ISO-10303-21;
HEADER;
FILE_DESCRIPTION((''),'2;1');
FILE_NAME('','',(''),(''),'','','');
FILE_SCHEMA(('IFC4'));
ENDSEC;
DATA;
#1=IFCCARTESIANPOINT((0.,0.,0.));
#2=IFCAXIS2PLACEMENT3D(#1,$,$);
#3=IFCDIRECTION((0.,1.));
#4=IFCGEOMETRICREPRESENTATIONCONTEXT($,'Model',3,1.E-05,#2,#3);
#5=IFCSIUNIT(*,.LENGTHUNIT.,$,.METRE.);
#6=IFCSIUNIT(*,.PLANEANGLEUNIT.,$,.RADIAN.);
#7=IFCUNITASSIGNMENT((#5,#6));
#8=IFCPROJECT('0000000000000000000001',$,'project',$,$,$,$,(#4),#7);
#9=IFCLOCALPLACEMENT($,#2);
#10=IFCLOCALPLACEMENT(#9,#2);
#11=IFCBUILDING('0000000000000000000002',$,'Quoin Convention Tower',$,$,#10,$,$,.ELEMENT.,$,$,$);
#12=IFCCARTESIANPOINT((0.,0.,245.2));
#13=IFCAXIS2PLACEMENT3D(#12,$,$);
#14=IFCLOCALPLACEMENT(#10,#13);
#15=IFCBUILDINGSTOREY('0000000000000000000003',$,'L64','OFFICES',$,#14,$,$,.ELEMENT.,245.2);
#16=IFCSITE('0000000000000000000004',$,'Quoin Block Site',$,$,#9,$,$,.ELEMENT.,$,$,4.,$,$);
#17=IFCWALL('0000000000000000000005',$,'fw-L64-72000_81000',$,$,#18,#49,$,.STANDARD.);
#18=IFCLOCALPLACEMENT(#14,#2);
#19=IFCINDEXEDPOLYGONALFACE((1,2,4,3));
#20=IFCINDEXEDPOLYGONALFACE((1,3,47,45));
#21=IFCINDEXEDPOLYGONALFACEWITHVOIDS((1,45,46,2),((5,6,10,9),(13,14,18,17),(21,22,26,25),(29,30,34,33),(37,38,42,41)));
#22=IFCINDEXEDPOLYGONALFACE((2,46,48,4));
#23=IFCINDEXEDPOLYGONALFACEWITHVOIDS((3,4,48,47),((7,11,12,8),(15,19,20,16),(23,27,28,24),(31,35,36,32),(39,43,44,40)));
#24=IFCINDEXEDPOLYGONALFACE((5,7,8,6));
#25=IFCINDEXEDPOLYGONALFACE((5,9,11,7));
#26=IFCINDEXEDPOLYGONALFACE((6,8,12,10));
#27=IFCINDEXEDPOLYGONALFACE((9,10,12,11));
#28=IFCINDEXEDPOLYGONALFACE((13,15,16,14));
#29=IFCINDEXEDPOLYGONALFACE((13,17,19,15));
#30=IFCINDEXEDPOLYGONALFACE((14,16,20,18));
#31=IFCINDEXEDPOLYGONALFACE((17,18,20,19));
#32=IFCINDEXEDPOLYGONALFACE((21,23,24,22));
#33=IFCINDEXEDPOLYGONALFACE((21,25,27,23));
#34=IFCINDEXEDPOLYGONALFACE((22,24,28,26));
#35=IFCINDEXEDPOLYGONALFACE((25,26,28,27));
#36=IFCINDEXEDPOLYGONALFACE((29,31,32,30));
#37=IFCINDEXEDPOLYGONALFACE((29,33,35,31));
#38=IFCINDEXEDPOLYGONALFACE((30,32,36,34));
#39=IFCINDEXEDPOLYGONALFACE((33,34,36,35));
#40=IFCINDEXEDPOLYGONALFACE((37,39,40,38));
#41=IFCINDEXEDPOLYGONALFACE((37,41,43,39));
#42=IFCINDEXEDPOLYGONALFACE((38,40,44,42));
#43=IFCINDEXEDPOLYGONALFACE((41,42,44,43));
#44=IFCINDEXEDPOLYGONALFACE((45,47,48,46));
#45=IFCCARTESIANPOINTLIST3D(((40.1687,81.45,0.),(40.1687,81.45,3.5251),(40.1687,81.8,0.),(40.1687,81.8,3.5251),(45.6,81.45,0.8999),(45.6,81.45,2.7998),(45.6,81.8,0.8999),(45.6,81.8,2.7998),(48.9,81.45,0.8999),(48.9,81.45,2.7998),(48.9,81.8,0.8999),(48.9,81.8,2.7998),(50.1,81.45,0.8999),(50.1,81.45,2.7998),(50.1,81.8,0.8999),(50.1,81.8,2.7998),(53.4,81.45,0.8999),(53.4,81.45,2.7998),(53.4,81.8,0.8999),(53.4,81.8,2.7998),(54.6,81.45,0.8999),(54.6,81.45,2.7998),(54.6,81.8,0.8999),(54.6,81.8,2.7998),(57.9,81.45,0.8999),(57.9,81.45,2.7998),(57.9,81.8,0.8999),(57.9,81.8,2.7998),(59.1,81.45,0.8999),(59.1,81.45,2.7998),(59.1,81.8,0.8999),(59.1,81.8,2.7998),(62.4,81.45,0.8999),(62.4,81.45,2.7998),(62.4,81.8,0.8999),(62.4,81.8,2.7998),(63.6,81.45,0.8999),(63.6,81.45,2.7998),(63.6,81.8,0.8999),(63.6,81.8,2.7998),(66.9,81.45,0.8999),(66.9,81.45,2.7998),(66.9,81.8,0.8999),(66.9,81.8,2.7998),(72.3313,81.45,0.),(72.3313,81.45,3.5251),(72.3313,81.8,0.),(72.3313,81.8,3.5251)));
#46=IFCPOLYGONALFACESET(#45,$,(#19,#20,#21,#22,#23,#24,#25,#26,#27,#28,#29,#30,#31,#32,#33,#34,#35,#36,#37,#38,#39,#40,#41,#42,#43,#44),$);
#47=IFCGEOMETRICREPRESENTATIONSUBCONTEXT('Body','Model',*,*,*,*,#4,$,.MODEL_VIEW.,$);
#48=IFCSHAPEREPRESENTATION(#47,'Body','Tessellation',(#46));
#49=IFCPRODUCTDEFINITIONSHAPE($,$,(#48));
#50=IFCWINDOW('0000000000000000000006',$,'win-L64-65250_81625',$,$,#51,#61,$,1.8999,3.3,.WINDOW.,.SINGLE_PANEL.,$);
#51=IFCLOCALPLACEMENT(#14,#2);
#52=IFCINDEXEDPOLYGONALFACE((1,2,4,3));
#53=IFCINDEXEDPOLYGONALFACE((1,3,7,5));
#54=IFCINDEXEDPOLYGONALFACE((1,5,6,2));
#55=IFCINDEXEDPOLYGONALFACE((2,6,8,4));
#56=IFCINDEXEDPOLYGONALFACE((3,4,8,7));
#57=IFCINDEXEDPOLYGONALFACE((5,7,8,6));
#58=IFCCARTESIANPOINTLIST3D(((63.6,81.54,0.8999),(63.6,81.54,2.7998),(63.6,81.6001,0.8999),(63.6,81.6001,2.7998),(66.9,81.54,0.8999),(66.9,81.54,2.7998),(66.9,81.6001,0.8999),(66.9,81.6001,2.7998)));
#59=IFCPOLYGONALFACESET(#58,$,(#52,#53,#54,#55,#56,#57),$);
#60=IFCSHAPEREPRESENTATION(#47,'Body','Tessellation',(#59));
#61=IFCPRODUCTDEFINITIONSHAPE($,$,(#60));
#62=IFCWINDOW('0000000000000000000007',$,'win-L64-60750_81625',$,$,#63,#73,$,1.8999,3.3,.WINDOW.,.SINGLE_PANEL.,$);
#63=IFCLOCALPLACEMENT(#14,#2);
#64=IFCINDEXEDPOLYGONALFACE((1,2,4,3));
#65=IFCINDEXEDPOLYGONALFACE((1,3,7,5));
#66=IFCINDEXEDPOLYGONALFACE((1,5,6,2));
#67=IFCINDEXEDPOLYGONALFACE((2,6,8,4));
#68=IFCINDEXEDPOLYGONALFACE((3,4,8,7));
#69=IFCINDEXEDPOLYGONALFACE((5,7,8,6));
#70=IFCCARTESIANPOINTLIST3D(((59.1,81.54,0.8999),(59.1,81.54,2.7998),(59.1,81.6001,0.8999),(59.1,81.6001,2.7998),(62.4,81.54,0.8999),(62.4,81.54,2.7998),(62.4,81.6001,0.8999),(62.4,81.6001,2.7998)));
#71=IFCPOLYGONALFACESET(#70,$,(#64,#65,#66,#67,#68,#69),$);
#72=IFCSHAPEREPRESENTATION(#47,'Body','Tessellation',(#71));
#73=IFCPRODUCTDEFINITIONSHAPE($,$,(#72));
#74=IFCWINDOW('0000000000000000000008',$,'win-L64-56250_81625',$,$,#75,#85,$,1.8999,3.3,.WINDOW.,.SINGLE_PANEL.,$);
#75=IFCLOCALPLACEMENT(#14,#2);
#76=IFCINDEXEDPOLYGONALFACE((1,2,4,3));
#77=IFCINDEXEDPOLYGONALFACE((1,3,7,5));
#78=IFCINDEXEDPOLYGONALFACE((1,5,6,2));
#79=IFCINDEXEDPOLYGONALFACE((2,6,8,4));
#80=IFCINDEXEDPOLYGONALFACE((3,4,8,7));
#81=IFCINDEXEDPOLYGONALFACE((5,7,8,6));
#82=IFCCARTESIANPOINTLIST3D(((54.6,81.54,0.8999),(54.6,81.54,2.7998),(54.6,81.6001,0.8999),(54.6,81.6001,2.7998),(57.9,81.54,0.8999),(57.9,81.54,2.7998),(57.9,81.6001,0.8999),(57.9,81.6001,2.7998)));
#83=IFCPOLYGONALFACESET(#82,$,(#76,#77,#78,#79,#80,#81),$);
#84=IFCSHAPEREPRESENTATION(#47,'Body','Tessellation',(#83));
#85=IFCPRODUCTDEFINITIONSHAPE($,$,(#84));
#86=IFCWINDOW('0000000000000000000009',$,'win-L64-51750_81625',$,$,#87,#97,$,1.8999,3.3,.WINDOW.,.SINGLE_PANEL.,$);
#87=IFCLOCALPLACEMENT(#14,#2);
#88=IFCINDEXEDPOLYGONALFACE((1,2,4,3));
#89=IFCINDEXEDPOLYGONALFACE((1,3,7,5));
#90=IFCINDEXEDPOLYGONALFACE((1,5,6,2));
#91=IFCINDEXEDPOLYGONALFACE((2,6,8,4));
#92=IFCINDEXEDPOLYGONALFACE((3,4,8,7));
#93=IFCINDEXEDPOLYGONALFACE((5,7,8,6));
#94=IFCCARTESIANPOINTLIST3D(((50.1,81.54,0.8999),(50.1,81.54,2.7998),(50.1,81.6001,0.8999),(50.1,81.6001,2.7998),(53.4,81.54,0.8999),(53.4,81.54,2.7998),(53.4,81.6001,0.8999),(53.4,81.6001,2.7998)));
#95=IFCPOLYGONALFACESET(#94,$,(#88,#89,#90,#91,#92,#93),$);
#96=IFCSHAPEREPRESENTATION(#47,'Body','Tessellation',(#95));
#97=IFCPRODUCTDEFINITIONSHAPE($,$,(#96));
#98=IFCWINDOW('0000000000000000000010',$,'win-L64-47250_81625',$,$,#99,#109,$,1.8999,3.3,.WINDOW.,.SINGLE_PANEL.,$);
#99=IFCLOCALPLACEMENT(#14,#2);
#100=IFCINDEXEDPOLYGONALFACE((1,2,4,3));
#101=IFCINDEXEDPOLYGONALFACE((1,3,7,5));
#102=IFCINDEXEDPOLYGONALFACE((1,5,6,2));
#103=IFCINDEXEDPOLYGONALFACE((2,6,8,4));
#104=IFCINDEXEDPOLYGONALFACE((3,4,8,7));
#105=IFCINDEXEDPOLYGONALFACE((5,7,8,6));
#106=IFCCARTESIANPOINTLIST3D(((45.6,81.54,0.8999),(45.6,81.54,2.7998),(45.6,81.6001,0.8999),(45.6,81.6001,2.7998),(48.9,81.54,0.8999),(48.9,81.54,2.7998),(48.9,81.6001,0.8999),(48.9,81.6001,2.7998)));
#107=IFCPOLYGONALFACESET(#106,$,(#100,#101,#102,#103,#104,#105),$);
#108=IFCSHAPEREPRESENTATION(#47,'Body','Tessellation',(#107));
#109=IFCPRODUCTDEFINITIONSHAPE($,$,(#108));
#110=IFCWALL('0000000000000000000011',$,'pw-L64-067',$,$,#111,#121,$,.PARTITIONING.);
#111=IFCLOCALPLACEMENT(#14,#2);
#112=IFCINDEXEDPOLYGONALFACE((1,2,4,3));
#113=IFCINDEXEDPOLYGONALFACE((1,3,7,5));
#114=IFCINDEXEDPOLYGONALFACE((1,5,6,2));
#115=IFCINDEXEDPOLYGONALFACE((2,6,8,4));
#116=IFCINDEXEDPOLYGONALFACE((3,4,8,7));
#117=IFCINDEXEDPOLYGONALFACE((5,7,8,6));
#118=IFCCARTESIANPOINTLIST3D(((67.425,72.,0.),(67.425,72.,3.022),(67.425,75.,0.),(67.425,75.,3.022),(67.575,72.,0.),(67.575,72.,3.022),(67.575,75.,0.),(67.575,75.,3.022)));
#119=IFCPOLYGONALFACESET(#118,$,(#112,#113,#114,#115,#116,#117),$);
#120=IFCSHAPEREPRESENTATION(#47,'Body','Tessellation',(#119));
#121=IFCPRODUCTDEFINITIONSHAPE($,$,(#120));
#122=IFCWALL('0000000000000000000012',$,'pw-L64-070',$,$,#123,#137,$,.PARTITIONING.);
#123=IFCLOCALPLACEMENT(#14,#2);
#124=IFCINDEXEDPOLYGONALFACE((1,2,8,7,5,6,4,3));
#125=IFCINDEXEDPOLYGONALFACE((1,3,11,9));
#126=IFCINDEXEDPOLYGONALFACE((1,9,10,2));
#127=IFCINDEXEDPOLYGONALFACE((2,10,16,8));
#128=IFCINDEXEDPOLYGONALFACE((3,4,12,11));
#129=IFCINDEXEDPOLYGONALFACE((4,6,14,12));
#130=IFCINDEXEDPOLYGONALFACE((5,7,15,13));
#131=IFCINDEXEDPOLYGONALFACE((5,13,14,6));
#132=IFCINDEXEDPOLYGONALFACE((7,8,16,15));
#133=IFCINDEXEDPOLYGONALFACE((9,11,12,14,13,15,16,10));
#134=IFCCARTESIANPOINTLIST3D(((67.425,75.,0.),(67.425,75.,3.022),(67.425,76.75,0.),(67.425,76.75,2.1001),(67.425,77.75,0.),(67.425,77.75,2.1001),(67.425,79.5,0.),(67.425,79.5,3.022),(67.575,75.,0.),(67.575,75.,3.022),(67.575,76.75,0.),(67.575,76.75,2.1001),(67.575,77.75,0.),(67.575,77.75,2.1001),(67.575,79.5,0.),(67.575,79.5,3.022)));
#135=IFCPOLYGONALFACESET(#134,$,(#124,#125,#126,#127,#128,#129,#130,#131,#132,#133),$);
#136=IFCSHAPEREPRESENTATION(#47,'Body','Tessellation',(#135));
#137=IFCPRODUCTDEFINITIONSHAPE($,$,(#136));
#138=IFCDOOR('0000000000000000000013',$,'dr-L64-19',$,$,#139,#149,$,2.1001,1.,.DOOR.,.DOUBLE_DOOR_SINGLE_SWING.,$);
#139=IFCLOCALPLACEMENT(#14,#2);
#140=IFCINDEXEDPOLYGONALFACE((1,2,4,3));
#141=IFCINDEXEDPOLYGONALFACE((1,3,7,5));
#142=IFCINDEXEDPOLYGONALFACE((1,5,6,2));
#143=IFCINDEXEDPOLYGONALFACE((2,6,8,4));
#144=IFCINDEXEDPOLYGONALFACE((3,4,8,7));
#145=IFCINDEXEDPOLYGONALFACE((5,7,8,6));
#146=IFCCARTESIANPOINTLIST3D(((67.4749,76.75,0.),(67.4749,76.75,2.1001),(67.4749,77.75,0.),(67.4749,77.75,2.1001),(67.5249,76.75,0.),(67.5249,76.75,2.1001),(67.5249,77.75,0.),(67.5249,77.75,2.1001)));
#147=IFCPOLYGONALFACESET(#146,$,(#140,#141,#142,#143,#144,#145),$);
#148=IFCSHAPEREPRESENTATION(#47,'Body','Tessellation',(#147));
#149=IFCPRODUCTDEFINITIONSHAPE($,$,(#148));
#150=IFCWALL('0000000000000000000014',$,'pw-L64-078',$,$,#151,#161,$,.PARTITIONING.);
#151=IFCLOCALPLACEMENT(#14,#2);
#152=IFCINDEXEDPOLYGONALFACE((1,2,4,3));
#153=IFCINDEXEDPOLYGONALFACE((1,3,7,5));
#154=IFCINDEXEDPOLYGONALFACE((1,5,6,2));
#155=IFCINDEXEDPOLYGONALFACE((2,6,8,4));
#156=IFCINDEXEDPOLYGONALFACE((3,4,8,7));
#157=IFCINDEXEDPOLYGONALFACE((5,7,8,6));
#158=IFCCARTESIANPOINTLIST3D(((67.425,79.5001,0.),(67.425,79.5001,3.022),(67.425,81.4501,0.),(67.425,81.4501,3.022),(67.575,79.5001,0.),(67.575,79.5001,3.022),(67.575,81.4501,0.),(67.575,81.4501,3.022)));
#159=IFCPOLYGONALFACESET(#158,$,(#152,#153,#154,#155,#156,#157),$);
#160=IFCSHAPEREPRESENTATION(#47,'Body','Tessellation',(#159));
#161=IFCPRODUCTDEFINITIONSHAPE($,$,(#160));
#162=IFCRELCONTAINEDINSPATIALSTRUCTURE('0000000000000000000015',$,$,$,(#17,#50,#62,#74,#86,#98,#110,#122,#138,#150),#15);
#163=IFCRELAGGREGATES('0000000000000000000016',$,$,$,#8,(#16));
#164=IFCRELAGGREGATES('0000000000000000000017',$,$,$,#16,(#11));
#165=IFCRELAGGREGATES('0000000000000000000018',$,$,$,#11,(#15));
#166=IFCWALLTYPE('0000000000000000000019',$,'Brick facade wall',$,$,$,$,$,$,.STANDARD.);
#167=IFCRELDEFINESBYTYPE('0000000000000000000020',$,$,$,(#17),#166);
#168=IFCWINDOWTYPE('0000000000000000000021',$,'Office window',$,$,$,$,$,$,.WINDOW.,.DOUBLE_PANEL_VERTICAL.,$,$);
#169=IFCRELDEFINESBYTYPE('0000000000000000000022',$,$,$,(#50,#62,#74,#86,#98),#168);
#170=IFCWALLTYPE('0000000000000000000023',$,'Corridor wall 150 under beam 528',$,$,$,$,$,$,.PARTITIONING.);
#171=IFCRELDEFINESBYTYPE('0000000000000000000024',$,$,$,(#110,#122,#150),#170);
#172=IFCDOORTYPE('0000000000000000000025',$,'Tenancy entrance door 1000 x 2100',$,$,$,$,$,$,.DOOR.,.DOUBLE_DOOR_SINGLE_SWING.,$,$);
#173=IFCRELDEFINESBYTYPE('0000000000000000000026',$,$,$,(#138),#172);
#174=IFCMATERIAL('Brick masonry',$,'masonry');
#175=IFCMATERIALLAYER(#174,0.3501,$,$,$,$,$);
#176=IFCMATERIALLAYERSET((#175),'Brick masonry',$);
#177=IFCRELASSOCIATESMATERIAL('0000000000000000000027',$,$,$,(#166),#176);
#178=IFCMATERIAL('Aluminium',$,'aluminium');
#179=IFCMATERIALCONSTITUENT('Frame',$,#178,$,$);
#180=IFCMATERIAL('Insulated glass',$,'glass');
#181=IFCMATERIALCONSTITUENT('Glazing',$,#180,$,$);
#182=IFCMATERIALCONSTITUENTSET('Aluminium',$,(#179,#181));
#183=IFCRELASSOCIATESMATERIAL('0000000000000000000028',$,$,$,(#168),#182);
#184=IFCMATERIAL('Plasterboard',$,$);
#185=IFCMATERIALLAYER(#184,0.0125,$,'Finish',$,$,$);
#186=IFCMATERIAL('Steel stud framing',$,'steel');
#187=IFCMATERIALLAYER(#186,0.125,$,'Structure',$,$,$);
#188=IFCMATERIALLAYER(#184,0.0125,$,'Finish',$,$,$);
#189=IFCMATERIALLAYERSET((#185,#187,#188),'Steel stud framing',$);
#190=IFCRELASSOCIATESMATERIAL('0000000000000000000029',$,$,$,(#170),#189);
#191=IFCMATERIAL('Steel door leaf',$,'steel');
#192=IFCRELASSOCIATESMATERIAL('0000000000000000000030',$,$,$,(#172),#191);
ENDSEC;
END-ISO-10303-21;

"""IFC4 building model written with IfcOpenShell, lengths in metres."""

from ifc_helpers import new_model, si_unit, direction, frame, frame_2d, origin, place, context, subcontext, project, spatial, rectangle, extrude, material, layer, layer_set, constituent, constituent_set, type_object, element, fill, save


model = new_model("IFC4")

# Units and contexts
model_context = context("Model", 3, precision=1e-05, world=origin(), true_north=direction((0.0, 1.0)))
body_context = subcontext(model_context, "Body", "Model", "MODEL_VIEW")
ifc_project = project(units=[si_unit("LENGTHUNIT", "METRE"), si_unit("PLANEANGLEUNIT", "RADIAN")], contexts=[model_context])

# Site, building, storey
site_placement = place(None, origin())
site = spatial("IfcSite", under=ifc_project, at=site_placement, Name="Quoin Block Site", CompositionType="ELEMENT", RefElevation=4.0)
building_placement = place(site_placement, origin())
building = spatial("IfcBuilding", under=site, at=building_placement, Name="Quoin Convention Tower", CompositionType="ELEMENT")
storey_placement = place(building_placement, frame((0.0, 0.0, 245.2)))
storey = spatial("IfcBuildingStorey", under=building, at=storey_placement, Name="L64", Description="OFFICES", CompositionType="ELEMENT", Elevation=245.2)

# Shared definitions
ifc_material_1 = material(Name="Plasterboard")
ifc_material_2 = material(Name="Steel stud framing", Category="steel")

# Shared definitions
ifc_material_3 = material(Name="Brick masonry", Category="masonry")
ifc_layer_1 = layer(ifc_material_3, 0.3501)
ifc_layer_set_1 = layer_set([ifc_layer_1], Name="Brick masonry")
wall_type_1 = type_object("IfcWallType", Name="Brick facade wall", PredefinedType="STANDARD", material=ifc_layer_set_1)
ifc_material_4 = material(Name="Aluminium", Category="aluminium")
ifc_constituent_1 = constituent(ifc_material_4, Name="Frame")
ifc_material_5 = material(Name="Insulated glass", Category="glass")
ifc_constituent_2 = constituent(ifc_material_5, Name="Glazing")
ifc_constituent_set = constituent_set(constituents=[ifc_constituent_1, ifc_constituent_2], Name="Aluminium")
window_type = type_object("IfcWindowType", Name="Office window", PartitioningType="DOUBLE_PANEL_VERTICAL", PredefinedType="WINDOW", material=ifc_constituent_set)

# Wall, openings, windows
wall_1_placement = place(storey_placement, frame((72.3313, 81.625, 0.0), z_axis=(0.0, 0.0, 1.0), x_axis=(-1.0, 0.0, 0.0)))
wall_1 = element("IfcWall", 1, at=wall_1_placement, inside=storey, type_object=wall_type_1, Name="fw-L64-72000_81000", PredefinedType="STANDARD", context=body_context, shape_type="SweptSolid", body=[
    extrude(rectangle(XDim=32.1626, YDim=0.3501, at=frame_2d((16.0813, 0.0))), origin(), (0.0, 0.0, 1.0), 3.5251),
])
opening_1_placement = place(wall_1_placement, frame((5.4314, 0.0, 0.8999)))
opening_1 = element("IfcOpeningElement", 2, at=opening_1_placement, cuts=wall_1, PredefinedType="OPENING", context=body_context, shape_type="SweptSolid", body=[
    extrude(rectangle(XDim=3.3, YDim=1.8999, at=frame_2d((1.6499, 0.95))), frame((0.0, 0.1851, 0.0), z_axis=(0.0, -1.0, 0.0), x_axis=(1.0, 0.0, 0.0)), (0.0, 0.0, 1.0), 0.3701),
])
opening_2_placement = place(wall_1_placement, frame((9.9314, 0.0, 0.8999)))
opening_2 = element("IfcOpeningElement", 3, at=opening_2_placement, cuts=wall_1, PredefinedType="OPENING", context=body_context, shape_type="SweptSolid", body=[
    extrude(rectangle(XDim=3.3, YDim=1.8999, at=frame_2d((1.6499, 0.95))), frame((0.0, 0.1851, 0.0), z_axis=(0.0, -1.0, 0.0), x_axis=(1.0, 0.0, 0.0)), (0.0, 0.0, 1.0), 0.3701),
])
opening_3_placement = place(wall_1_placement, frame((14.4314, 0.0, 0.8999)))
opening_3 = element("IfcOpeningElement", 4, at=opening_3_placement, cuts=wall_1, PredefinedType="OPENING", context=body_context, shape_type="SweptSolid", body=[
    extrude(rectangle(XDim=3.3, YDim=1.8999, at=frame_2d((1.6499, 0.95))), frame((0.0, 0.1851, 0.0), z_axis=(0.0, -1.0, 0.0), x_axis=(1.0, 0.0, 0.0)), (0.0, 0.0, 1.0), 0.3701),
])
opening_4_placement = place(wall_1_placement, frame((18.9314, 0.0, 0.8999)))
opening_4 = element("IfcOpeningElement", 5, at=opening_4_placement, cuts=wall_1, PredefinedType="OPENING", context=body_context, shape_type="SweptSolid", body=[
    extrude(rectangle(XDim=3.3, YDim=1.8999, at=frame_2d((1.6499, 0.95))), frame((0.0, 0.1851, 0.0), z_axis=(0.0, -1.0, 0.0), x_axis=(1.0, 0.0, 0.0)), (0.0, 0.0, 1.0), 0.3701),
])
opening_5_placement = place(wall_1_placement, frame((23.4314, 0.0, 0.8999)))
opening_5 = element("IfcOpeningElement", 6, at=opening_5_placement, cuts=wall_1, PredefinedType="OPENING", context=body_context, shape_type="SweptSolid", body=[
    extrude(rectangle(XDim=3.3, YDim=1.8999, at=frame_2d((1.6499, 0.95))), frame((0.0, 0.1851, 0.0), z_axis=(0.0, -1.0, 0.0), x_axis=(1.0, 0.0, 0.0)), (0.0, 0.0, 1.0), 0.3701),
])
window_1_placement = place(opening_1_placement, origin())
window_1 = element("IfcWindow", 7, at=window_1_placement, inside=storey, type_object=window_type, Name="win-L64-65250_81625", OverallHeight=1.8999, OverallWidth=3.3, PartitioningType="SINGLE_PANEL", PredefinedType="WINDOW", context=body_context, shape_type="SweptSolid", body=[
    extrude(rectangle(XDim=3.3, YDim=1.8999, at=frame_2d((1.6499, 0.95))), frame((0.0, 0.085, 0.0), z_axis=(0.0, -1.0, 0.0), x_axis=(1.0, 0.0, 0.0)), (0.0, 0.0, 1.0), 0.0601),
])
fill(opening_1, window_1)
window_2_placement = place(opening_2_placement, origin())
window_2 = element("IfcWindow", 8, at=window_2_placement, inside=storey, type_object=window_type, Name="win-L64-60750_81625", OverallHeight=1.8999, OverallWidth=3.3, PartitioningType="SINGLE_PANEL", PredefinedType="WINDOW", context=body_context, shape_type="SweptSolid", body=[
    extrude(rectangle(XDim=3.3, YDim=1.8999, at=frame_2d((1.6499, 0.95))), frame((0.0, 0.085, 0.0), z_axis=(0.0, -1.0, 0.0), x_axis=(1.0, 0.0, 0.0)), (0.0, 0.0, 1.0), 0.0601),
])
fill(opening_2, window_2)
window_3_placement = place(opening_3_placement, origin())
window_3 = element("IfcWindow", 9, at=window_3_placement, inside=storey, type_object=window_type, Name="win-L64-56250_81625", OverallHeight=1.8999, OverallWidth=3.3, PartitioningType="SINGLE_PANEL", PredefinedType="WINDOW", context=body_context, shape_type="SweptSolid", body=[
    extrude(rectangle(XDim=3.3, YDim=1.8999, at=frame_2d((1.6499, 0.95))), frame((0.0, 0.085, 0.0), z_axis=(0.0, -1.0, 0.0), x_axis=(1.0, 0.0, 0.0)), (0.0, 0.0, 1.0), 0.0601),
])
fill(opening_3, window_3)
window_4_placement = place(opening_4_placement, origin())
window_4 = element("IfcWindow", 10, at=window_4_placement, inside=storey, type_object=window_type, Name="win-L64-51750_81625", OverallHeight=1.8999, OverallWidth=3.3, PartitioningType="SINGLE_PANEL", PredefinedType="WINDOW", context=body_context, shape_type="SweptSolid", body=[
    extrude(rectangle(XDim=3.3, YDim=1.8999, at=frame_2d((1.6499, 0.95))), frame((0.0, 0.085, 0.0), z_axis=(0.0, -1.0, 0.0), x_axis=(1.0, 0.0, 0.0)), (0.0, 0.0, 1.0), 0.0601),
])
fill(opening_4, window_4)
window_5_placement = place(opening_5_placement, origin())
window_5 = element("IfcWindow", 11, at=window_5_placement, inside=storey, type_object=window_type, Name="win-L64-47250_81625", OverallHeight=1.8999, OverallWidth=3.3, PartitioningType="SINGLE_PANEL", PredefinedType="WINDOW", context=body_context, shape_type="SweptSolid", body=[
    extrude(rectangle(XDim=3.3, YDim=1.8999, at=frame_2d((1.6499, 0.95))), frame((0.0, 0.085, 0.0), z_axis=(0.0, -1.0, 0.0), x_axis=(1.0, 0.0, 0.0)), (0.0, 0.0, 1.0), 0.0601),
])
fill(opening_5, window_5)

# Wall
ifc_layer_2 = layer(ifc_material_1, 0.0125, Name="Finish")
ifc_layer_3 = layer(ifc_material_2, 0.125, Name="Structure")
ifc_layer_4 = layer(ifc_material_1, 0.0125, Name="Finish")
ifc_layer_set_2 = layer_set([ifc_layer_2, ifc_layer_3, ifc_layer_4], Name="Steel stud framing")
wall_type_2 = type_object("IfcWallType", Name="Corridor wall 150 under beam 528", PredefinedType="PARTITIONING", material=ifc_layer_set_2)
wall_2_placement = place(storey_placement, frame((67.5, 72.0, 0.0), z_axis=(0.0, 0.0, 1.0), x_axis=(0.0, 1.0, 0.0)))
element("IfcWall", 12, at=wall_2_placement, inside=storey, type_object=wall_type_2, Name="pw-L64-067", PredefinedType="PARTITIONING", context=body_context, shape_type="SweptSolid", body=[
    extrude(rectangle(XDim=3.0, YDim=0.1499, at=frame_2d((1.5, 0.0))), origin(), (0.0, 0.0, 1.0), 3.022),
])

# Wall, opening, door
wall_3_placement = place(storey_placement, frame((67.5, 75.0, 0.0), z_axis=(0.0, 0.0, 1.0), x_axis=(0.0, 1.0, 0.0)))
wall_3 = element("IfcWall", 13, at=wall_3_placement, inside=storey, type_object=wall_type_2, Name="pw-L64-070", PredefinedType="PARTITIONING", context=body_context, shape_type="SweptSolid", body=[
    extrude(rectangle(XDim=4.5, YDim=0.1499, at=frame_2d((2.25, 0.0))), origin(), (0.0, 0.0, 1.0), 3.022),
])
opening_6_placement = place(wall_3_placement, frame((1.75, 0.0, 0.0)))
opening_6 = element("IfcOpeningElement", 14, at=opening_6_placement, cuts=wall_3, PredefinedType="OPENING", context=body_context, shape_type="SweptSolid", body=[
    extrude(rectangle(XDim=1.0, YDim=2.1001, at=frame_2d((0.5, 1.05))), frame((0.0, 0.085, 0.0), z_axis=(0.0, -1.0, 0.0), x_axis=(1.0, 0.0, 0.0)), (0.0, 0.0, 1.0), 0.1699),
])
ifc_material_6 = material(Name="Steel door leaf", Category="steel")
door_type = type_object("IfcDoorType", Name="Tenancy entrance door 1000 x 2100", OperationType="DOUBLE_DOOR_SINGLE_SWING", PredefinedType="DOOR", material=ifc_material_6)
door_placement = place(opening_6_placement, frame((1.0, 0.0, 0.0), z_axis=(0.0, 0.0, 1.0), x_axis=(-1.0, 0.0, 0.0)))
door = element("IfcDoor", 15, at=door_placement, inside=storey, type_object=door_type, Name="dr-L64-19", OperationType="DOUBLE_DOOR_SINGLE_SWING", OverallHeight=2.1001, OverallWidth=1.0, PredefinedType="DOOR", context=body_context, shape_type="SweptSolid", body=[
    extrude(rectangle(XDim=1.0, YDim=2.1001, at=frame_2d((0.5, 1.05))), frame((0.0, 0.0249, 0.0), z_axis=(0.0, -1.0, 0.0), x_axis=(1.0, 0.0, 0.0)), (0.0, 0.0, 1.0), 0.05),
])
fill(opening_6, door)

# Wall
wall_4_placement = place(storey_placement, frame((67.5, 79.5, 0.0), z_axis=(0.0, 0.0, 1.0), x_axis=(0.0, 1.0, 0.0)))
element("IfcWall", 16, at=wall_4_placement, inside=storey, type_object=wall_type_2, Name="pw-L64-078", PredefinedType="PARTITIONING", context=body_context, shape_type="SweptSolid", body=[
    extrude(rectangle(XDim=1.95, YDim=0.1499, at=frame_2d((0.9751, 0.0))), origin(), (0.0, 0.0, 1.0), 3.022),
])

save(model, "model.ifc")
